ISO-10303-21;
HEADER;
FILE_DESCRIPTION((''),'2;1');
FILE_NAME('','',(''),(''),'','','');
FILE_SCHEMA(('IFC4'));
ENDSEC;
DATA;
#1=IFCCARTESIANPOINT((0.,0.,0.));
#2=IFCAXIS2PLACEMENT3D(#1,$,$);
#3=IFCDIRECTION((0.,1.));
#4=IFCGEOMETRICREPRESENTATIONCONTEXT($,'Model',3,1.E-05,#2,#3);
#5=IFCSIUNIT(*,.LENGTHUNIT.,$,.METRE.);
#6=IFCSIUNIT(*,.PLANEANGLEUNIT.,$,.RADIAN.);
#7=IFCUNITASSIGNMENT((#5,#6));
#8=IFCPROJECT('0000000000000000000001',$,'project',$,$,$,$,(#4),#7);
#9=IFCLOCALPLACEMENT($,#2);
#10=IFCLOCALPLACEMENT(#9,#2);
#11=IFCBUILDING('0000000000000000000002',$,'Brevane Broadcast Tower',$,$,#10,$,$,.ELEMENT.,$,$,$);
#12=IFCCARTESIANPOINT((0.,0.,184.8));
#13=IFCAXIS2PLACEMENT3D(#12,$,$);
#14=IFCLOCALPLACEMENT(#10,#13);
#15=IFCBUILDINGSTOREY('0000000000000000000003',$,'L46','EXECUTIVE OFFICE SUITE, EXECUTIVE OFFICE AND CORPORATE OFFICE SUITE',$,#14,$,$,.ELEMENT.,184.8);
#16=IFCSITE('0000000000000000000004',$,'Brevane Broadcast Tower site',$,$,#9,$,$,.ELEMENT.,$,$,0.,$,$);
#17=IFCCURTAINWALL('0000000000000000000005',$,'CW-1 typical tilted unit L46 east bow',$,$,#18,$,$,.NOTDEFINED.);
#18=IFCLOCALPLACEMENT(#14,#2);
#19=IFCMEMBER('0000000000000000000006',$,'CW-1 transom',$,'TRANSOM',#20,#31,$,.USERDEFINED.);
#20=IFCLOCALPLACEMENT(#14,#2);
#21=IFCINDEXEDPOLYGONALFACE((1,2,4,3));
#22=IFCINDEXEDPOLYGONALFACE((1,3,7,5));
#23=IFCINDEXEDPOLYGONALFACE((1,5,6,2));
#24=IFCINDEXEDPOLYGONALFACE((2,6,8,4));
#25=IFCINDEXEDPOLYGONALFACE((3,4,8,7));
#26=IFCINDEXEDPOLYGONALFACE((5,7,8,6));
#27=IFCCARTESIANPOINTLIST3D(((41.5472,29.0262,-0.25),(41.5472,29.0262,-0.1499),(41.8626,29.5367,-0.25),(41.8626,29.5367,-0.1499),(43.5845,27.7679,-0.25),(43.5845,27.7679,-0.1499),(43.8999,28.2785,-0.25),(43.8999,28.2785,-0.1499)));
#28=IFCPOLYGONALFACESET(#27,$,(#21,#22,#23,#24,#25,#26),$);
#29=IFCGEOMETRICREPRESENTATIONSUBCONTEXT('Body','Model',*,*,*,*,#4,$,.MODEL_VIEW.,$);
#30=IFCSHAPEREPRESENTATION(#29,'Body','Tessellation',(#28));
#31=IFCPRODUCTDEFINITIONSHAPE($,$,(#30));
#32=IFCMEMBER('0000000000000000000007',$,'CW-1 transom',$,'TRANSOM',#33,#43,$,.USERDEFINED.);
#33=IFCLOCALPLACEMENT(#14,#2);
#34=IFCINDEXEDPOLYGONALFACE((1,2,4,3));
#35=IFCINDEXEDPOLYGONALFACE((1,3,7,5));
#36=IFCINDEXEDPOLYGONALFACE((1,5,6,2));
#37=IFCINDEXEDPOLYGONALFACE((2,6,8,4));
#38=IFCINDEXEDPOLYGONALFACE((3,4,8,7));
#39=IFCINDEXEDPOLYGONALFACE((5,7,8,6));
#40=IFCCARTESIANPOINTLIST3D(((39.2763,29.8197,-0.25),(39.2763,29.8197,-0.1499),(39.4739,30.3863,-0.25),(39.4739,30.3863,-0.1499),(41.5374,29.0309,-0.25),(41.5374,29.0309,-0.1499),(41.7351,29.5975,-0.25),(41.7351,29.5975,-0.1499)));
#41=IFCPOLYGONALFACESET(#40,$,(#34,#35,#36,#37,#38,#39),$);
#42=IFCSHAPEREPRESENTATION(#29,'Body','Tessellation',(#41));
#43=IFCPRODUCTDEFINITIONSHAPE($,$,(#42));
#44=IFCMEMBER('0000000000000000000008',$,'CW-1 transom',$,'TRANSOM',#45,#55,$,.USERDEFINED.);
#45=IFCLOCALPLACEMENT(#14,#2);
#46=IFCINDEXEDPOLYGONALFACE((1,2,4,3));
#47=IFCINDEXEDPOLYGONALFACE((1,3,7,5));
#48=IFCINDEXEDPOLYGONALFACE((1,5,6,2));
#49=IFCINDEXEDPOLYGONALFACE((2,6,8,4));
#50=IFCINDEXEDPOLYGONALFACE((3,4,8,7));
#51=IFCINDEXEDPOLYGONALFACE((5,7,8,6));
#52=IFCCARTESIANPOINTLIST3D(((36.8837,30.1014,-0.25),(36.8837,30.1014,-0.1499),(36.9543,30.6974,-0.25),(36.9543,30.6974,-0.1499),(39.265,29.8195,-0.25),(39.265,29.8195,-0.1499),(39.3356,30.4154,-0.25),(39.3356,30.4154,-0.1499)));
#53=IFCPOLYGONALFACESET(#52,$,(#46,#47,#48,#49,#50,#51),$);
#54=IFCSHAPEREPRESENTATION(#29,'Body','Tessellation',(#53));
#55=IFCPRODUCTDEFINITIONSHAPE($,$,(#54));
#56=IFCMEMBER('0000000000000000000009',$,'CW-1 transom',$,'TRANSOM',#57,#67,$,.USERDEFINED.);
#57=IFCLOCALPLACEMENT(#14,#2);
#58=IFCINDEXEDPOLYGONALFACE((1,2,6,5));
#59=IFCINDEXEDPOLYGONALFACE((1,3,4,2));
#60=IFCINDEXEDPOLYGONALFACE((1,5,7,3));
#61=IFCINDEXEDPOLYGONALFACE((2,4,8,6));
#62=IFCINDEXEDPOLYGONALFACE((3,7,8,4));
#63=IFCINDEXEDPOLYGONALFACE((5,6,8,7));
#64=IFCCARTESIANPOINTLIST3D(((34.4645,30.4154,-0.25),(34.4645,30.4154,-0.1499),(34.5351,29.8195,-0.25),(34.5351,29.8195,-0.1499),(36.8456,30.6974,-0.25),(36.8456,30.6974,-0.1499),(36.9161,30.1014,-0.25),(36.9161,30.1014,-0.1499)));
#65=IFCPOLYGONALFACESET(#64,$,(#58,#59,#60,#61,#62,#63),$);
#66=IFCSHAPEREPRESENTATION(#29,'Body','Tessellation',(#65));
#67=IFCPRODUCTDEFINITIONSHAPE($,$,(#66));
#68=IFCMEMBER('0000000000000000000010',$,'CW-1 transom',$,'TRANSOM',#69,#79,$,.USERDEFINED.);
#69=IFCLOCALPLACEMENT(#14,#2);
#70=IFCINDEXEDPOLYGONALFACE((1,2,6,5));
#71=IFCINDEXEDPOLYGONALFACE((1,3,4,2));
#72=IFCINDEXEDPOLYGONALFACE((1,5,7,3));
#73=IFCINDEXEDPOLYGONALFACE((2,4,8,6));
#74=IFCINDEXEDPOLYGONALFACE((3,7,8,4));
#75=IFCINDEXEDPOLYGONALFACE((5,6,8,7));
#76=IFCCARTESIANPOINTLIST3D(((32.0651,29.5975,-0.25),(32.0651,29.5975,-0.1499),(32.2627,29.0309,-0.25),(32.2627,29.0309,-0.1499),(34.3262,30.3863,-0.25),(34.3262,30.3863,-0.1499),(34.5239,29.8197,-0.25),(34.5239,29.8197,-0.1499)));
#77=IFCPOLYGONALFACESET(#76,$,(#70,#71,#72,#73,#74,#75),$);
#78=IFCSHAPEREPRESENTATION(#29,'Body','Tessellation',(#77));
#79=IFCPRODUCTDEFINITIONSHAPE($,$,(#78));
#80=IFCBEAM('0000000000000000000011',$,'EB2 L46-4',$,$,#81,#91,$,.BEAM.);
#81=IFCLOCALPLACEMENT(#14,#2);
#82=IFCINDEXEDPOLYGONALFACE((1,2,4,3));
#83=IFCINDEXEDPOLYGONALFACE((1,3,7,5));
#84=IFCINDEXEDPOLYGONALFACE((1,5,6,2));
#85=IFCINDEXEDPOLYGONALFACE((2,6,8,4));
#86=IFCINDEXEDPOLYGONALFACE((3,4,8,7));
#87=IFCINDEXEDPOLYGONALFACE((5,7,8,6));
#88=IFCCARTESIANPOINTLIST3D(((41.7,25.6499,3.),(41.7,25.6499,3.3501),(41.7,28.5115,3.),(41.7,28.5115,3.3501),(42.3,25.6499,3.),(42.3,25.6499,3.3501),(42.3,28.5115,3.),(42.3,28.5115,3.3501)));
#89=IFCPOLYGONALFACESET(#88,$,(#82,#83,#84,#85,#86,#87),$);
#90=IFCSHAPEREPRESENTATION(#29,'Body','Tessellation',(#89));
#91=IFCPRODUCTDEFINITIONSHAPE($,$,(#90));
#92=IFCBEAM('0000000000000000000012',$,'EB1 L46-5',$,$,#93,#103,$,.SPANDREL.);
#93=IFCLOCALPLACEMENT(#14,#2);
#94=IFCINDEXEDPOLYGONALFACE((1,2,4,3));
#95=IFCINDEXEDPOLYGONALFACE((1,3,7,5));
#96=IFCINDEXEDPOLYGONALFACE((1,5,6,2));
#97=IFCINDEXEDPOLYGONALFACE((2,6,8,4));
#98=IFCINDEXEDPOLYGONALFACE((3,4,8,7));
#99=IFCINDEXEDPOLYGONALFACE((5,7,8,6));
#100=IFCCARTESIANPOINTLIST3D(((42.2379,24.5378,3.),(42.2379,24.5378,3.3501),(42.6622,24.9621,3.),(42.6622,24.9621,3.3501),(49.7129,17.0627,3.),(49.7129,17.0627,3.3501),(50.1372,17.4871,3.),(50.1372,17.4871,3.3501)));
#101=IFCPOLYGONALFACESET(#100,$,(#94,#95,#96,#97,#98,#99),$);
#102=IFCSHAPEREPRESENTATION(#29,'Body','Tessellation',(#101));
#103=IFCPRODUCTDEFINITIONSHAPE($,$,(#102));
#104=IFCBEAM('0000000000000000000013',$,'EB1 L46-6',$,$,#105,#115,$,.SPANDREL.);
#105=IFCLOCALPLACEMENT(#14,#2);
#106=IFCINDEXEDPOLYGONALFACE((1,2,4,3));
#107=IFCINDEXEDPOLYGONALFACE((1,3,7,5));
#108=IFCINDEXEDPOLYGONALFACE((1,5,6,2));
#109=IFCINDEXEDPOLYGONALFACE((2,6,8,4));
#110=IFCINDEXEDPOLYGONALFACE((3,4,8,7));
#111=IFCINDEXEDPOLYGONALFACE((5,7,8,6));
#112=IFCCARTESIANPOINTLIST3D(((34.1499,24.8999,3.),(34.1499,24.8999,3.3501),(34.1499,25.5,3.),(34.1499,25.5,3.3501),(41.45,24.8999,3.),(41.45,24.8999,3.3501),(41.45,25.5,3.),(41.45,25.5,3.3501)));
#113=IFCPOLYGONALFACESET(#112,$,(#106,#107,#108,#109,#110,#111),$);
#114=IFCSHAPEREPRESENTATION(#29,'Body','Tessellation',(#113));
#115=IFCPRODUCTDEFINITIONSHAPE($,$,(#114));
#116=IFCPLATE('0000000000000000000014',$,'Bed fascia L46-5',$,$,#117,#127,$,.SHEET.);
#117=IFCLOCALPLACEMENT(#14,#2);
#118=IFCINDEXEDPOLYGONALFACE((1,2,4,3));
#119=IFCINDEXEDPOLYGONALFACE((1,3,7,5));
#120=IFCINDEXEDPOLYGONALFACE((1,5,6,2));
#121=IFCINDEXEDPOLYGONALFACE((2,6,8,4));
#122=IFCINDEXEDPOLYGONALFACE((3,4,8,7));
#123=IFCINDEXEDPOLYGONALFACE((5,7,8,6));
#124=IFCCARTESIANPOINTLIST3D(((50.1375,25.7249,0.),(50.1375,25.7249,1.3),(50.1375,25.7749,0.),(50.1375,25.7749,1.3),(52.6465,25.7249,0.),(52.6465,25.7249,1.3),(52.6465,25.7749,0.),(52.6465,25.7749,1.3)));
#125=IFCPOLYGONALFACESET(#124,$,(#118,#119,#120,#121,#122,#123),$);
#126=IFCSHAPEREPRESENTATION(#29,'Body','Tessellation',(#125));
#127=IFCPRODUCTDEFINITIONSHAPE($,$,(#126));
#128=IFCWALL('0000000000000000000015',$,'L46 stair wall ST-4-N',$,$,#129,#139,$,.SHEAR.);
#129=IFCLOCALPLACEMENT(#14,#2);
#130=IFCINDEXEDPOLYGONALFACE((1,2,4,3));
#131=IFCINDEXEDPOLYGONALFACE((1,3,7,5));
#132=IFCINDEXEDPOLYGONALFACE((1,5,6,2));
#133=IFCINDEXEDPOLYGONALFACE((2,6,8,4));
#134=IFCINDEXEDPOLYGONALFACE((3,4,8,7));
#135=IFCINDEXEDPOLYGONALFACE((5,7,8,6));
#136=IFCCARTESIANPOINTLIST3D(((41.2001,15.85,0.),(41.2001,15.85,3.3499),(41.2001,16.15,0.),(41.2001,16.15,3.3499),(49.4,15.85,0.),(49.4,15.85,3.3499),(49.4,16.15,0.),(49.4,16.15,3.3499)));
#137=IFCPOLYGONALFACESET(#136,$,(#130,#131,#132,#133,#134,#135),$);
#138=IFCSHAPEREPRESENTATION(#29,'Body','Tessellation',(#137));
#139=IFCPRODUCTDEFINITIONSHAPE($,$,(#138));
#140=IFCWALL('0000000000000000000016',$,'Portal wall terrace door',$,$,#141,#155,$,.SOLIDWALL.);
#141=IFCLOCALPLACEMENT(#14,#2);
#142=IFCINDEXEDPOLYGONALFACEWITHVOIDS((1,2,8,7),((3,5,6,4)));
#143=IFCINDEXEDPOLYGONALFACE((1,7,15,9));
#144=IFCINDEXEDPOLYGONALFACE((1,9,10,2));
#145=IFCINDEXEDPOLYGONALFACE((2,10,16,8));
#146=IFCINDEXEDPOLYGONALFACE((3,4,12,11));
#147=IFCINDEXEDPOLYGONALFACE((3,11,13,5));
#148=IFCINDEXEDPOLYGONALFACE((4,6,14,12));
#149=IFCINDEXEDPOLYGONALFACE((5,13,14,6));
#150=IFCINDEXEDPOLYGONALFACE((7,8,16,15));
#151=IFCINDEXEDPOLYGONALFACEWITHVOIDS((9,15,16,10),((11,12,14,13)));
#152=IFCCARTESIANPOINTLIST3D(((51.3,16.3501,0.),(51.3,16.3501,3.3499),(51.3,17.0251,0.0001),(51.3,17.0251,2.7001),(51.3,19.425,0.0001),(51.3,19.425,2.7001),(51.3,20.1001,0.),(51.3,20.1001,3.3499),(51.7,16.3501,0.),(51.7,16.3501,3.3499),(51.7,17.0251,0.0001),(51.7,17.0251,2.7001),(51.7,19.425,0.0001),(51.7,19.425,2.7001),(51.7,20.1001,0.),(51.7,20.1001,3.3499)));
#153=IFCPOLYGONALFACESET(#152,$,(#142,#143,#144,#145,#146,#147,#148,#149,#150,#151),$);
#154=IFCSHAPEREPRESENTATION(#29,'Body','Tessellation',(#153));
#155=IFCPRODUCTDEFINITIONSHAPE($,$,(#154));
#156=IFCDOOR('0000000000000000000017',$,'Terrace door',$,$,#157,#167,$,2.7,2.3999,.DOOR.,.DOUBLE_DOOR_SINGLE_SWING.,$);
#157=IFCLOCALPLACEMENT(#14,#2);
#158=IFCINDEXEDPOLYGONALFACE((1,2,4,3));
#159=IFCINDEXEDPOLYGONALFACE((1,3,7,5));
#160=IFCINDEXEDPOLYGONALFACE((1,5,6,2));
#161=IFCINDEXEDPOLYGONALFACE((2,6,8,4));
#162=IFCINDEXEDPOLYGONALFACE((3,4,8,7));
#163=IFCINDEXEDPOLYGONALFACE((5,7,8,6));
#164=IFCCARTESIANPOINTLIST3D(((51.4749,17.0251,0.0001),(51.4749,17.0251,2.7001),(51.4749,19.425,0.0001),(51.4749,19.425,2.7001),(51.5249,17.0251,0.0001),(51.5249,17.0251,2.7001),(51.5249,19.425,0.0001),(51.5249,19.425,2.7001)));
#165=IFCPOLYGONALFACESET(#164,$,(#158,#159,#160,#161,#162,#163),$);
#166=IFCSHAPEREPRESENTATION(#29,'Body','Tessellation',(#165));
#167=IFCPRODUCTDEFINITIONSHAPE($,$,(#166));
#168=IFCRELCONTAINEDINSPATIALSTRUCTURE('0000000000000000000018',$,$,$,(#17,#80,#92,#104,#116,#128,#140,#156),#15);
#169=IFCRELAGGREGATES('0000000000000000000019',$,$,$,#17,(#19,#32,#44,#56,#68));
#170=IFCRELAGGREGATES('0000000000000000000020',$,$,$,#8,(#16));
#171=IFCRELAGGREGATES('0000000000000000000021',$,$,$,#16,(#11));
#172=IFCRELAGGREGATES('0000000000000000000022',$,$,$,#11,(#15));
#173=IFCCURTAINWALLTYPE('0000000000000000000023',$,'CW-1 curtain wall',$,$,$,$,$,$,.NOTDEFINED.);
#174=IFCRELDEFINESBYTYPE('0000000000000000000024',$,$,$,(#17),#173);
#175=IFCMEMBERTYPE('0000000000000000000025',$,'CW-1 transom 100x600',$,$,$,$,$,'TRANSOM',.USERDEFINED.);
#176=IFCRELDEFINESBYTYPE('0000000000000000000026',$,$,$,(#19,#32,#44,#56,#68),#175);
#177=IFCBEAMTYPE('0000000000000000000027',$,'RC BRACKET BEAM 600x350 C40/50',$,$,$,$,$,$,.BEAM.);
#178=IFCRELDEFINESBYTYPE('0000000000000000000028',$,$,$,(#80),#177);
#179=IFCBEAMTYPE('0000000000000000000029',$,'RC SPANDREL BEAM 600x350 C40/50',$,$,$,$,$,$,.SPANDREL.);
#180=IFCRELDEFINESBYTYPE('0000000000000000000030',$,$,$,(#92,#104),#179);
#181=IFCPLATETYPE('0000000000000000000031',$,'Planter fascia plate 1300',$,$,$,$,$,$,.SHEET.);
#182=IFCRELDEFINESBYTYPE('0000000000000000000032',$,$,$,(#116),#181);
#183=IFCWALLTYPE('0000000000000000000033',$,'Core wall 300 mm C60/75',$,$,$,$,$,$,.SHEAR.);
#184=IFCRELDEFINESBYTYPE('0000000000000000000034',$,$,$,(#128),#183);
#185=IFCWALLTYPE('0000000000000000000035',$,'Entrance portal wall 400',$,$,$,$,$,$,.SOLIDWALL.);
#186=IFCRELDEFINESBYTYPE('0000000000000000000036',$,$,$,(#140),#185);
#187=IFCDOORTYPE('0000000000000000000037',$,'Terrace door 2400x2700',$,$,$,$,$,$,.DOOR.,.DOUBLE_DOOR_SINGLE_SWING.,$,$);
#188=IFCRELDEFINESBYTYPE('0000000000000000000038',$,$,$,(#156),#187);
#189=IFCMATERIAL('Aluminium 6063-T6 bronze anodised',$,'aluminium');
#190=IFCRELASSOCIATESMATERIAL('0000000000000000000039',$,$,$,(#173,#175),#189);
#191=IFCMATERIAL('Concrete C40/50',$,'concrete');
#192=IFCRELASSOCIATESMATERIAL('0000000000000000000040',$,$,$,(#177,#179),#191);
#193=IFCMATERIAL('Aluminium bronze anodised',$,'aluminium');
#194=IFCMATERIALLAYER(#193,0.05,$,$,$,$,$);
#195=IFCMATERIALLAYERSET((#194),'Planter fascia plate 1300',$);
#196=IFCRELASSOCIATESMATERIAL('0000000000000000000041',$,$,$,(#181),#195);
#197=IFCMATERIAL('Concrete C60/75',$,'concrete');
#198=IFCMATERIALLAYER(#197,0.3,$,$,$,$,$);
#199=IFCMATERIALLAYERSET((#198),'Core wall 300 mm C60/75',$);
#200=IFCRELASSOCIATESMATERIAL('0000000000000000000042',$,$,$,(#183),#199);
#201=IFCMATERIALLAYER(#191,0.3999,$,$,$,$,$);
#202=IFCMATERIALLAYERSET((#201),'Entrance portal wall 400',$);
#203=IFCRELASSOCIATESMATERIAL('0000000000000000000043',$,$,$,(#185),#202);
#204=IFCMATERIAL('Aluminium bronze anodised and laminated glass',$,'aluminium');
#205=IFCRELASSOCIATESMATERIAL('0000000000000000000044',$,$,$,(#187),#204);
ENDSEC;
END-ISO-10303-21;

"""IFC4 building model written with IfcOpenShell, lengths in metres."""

from ifc_helpers import new_model, si_unit, direction, frame, frame_2d, origin, origin_2d, place, context, subcontext, project, spatial, polyline, rectangle, outline, extrude, material, layer, layer_set, material_profile, profile_set, type_object, element, fill, aggregate, save


model = new_model("IFC4")

# Units and contexts
model_context = context("Model", 3, precision=1e-05, world=origin(), true_north=direction((0.0, 1.0)))
body_context = subcontext(model_context, "Body", "Model", "MODEL_VIEW")
ifc_project = project(units=[si_unit("LENGTHUNIT", "METRE"), si_unit("PLANEANGLEUNIT", "RADIAN")], contexts=[model_context])

# Site, building, storey
site_placement = place(None, origin())
site = spatial("IfcSite", under=ifc_project, at=site_placement, Name="Brevane Broadcast Tower site", CompositionType="ELEMENT", RefElevation=0.0)
building_placement = place(site_placement, origin())
building = spatial("IfcBuilding", under=site, at=building_placement, Name="Brevane Broadcast Tower", CompositionType="ELEMENT")
storey_placement = place(building_placement, frame((0.0, 0.0, 184.8)))
storey = spatial("IfcBuildingStorey", under=building, at=storey_placement, Name="L46", Description="EXECUTIVE OFFICE SUITE, EXECUTIVE OFFICE AND CORPORATE OFFICE SUITE", CompositionType="ELEMENT", Elevation=184.8)

# Shared definitions
ifc_material_1 = material(Name="Concrete C60/75", Category="concrete")

# Shared definitions
ifc_material_2 = material(Name="Aluminium 6063-T6 bronze anodised", Category="aluminium")
curtain_wall_type = type_object("IfcCurtainWallType", Name="CW-1 curtain wall", PredefinedType="NOTDEFINED", material=ifc_material_2)

# Curtain wall
curtain_wall_1_placement = place(storey_placement, origin())
curtain_wall_1 = element("IfcCurtainWall", 1, at=curtain_wall_1_placement, inside=storey, type_object=curtain_wall_type, Name="CW-1 typical tilted unit L46 east bow", PredefinedType="NOTDEFINED")

# Members
ifc_material_profile_1 = material_profile(ifc_material_2, rectangle(XDim=0.6001, YDim=0.1001, at=origin_2d()), Name="RECT 100x600")
ifc_profile_set_1 = profile_set([ifc_material_profile_1], Name="Aluminium 6063-T6 bronze anodised")
member_type_1 = type_object("IfcMemberType", Name="CW-1 transom 100x600", ElementType="TRANSOM", PredefinedType="USERDEFINED", material=ifc_profile_set_1)
member_1_placement = place(storey_placement, frame((43.7422, 28.0232, -0.2), z_axis=(-0.85081, 0.525473, 0.0), x_axis=(-0.525473, -0.85081, 0.0)))
member_1 = element("IfcMember", 2, at=member_1_placement, type_object=member_type_1, Name="CW-1 transom", ObjectType="TRANSOM", PredefinedType="USERDEFINED", context=body_context, shape_type="SweptSolid", body=[
    extrude(rectangle(XDim=0.6001, YDim=0.1001, at=origin_2d()), origin(), (0.0, 0.0, 1.0), 2.3945),
])
member_2_placement = place(storey_placement, frame((41.6362, 29.3142, -0.2), z_axis=(-0.944198, 0.329378, 0.0), x_axis=(-0.329378, -0.944198, 0.0)))
member_2 = element("IfcMember", 3, at=member_2_placement, type_object=member_type_1, Name="CW-1 transom", ObjectType="TRANSOM", PredefinedType="USERDEFINED", context=body_context, shape_type="SweptSolid", body=[
    extrude(rectangle(XDim=0.6001, YDim=0.1001, at=origin_2d()), origin(), (0.0, 0.0, 1.0), 2.3948),
])
member_3_placement = place(storey_placement, frame((39.3003, 30.1174, -0.2), z_axis=(-0.993062, 0.117591, 0.0), x_axis=(-0.117591, -0.993062, 0.0)))
member_3 = element("IfcMember", 4, at=member_3_placement, type_object=member_type_1, Name="CW-1 transom", ObjectType="TRANSOM", PredefinedType="USERDEFINED", context=body_context, shape_type="SweptSolid", body=[
    extrude(rectangle(XDim=0.6001, YDim=0.1001, at=origin_2d()), origin(), (0.0, 0.0, 1.0), 2.3979),
])
member_4_placement = place(storey_placement, frame((36.8809, 30.3994, -0.2), z_axis=(-0.993061, -0.117603, 0.0), x_axis=(0.117603, -0.993061, 0.0)))
member_4 = element("IfcMember", 5, at=member_4_placement, type_object=member_type_1, Name="CW-1 transom", ObjectType="TRANSOM", PredefinedType="USERDEFINED", context=body_context, shape_type="SweptSolid", body=[
    extrude(rectangle(XDim=0.6001, YDim=0.1001, at=origin_2d()), origin(), (0.0, 0.0, 1.0), 2.3977),
])
member_5_placement = place(storey_placement, frame((34.425, 30.103, -0.2), z_axis=(-0.944198, -0.329378, 0.0), x_axis=(0.329378, -0.944198, 0.0)))
member_5 = element("IfcMember", 6, at=member_5_placement, type_object=member_type_1, Name="CW-1 transom", ObjectType="TRANSOM", PredefinedType="USERDEFINED", context=body_context, shape_type="SweptSolid", body=[
    extrude(rectangle(XDim=0.6001, YDim=0.1001, at=origin_2d()), origin(), (0.0, 0.0, 1.0), 2.3948),
])
aggregate(curtain_wall_1, [member_1, member_2, member_3, member_4, member_5])

# Beams
ifc_material_3 = material(Name="Concrete C40/50", Category="concrete")
ifc_material_profile_2 = material_profile(ifc_material_3, rectangle(XDim=0.6001, YDim=0.3501, at=origin_2d()), Name="RC 600x350")
ifc_profile_set_2 = profile_set([ifc_material_profile_2], Name="Concrete C40/50")
beam_type_1 = type_object("IfcBeamType", Name="RC BRACKET BEAM 600x350 C40/50", PredefinedType="BEAM", material=ifc_profile_set_2)
beam_1_placement = place(storey_placement, frame((42.0, 25.6499, 3.175), z_axis=(0.0, 1.0, 0.0), x_axis=(-1.0, 0.0, 0.0)))
element("IfcBeam", 7, at=beam_1_placement, inside=storey, type_object=beam_type_1, Name="EB2 L46-4", PredefinedType="BEAM", context=body_context, shape_type="SweptSolid", body=[
    extrude(rectangle(XDim=0.6001, YDim=0.3501, at=origin_2d()), origin(), (0.0, 0.0, 1.0), 2.8616),
])
ifc_material_profile_3 = material_profile(ifc_material_3, rectangle(XDim=0.6001, YDim=0.3501, at=origin_2d()), Name="RC 600x350")
ifc_profile_set_3 = profile_set([ifc_material_profile_3], Name="Concrete C40/50")
beam_type_2 = type_object("IfcBeamType", Name="RC SPANDREL BEAM 600x350 C40/50", PredefinedType="SPANDREL", material=ifc_profile_set_3)
beam_2_placement = place(storey_placement, frame((49.925, 17.2749, 3.175), z_axis=(-0.707107, 0.707107, 0.0), x_axis=(-0.707107, -0.707107, 0.0)))
element("IfcBeam", 8, at=beam_2_placement, inside=storey, type_object=beam_type_2, Name="EB1 L46-5", PredefinedType="SPANDREL", context=body_context, shape_type="SweptSolid", body=[
    extrude(rectangle(XDim=0.6001, YDim=0.3501, at=origin_2d()), origin(), (0.0, 0.0, 1.0), 10.5713),
])
beam_3_placement = place(storey_placement, frame((41.45, 25.2, 3.175), z_axis=(-1.0, 0.0, 0.0), x_axis=(0.0, -1.0, 0.0)))
element("IfcBeam", 9, at=beam_3_placement, inside=storey, type_object=beam_type_2, Name="EB1 L46-6", PredefinedType="SPANDREL", context=body_context, shape_type="SweptSolid", body=[
    extrude(rectangle(XDim=0.6001, YDim=0.3501, at=origin_2d()), origin(), (0.0, 0.0, 1.0), 7.3),
])

# Plate
ifc_material_4 = material(Name="Aluminium bronze anodised", Category="aluminium")
ifc_layer_1 = layer(ifc_material_4, 0.05)
ifc_layer_set_1 = layer_set([ifc_layer_1], Name="Planter fascia plate 1300")
plate_type = type_object("IfcPlateType", Name="Planter fascia plate 1300", PredefinedType="SHEET", material=ifc_layer_set_1)
plate_placement = place(storey_placement, frame((52.6465, 25.7749, 0.0), z_axis=(0.0, 1.0, 0.0), x_axis=(-1.0, 0.0, 0.0)))
element("IfcPlate", 10, at=plate_placement, inside=storey, type_object=plate_type, Name="Bed fascia L46-5", PredefinedType="SHEET", context=body_context, shape_type="SweptSolid", body=[
    extrude(outline(polyline([(0.0, 0.0), (2.509, 0.0), (2.509, 1.3), (0.0, 1.3), (0.0, 0.0)])), origin(), (0.0, 0.0, -1.0), 0.05),
])

# Wall
ifc_layer_2 = layer(ifc_material_1, 0.3)
ifc_layer_set_2 = layer_set([ifc_layer_2], Name="Core wall 300 mm C60/75")
wall_type_1 = type_object("IfcWallType", Name="Core wall 300 mm C60/75", PredefinedType="SHEAR", material=ifc_layer_set_2)
wall_1_placement = place(storey_placement, frame((41.2, 16.0, 0.0), z_axis=(0.0, 0.0, 1.0), x_axis=(1.0, 0.0, 0.0)))
element("IfcWall", 11, at=wall_1_placement, inside=storey, type_object=wall_type_1, Name="L46 stair wall ST-4-N", PredefinedType="SHEAR", context=body_context, shape_type="SweptSolid", body=[
    extrude(rectangle(XDim=8.2, YDim=0.3, at=frame_2d((4.1001, 0.0))), origin(), (0.0, 0.0, 1.0), 3.3499),
])

# Wall, opening, door
ifc_layer_3 = layer(ifc_material_3, 0.3999)
ifc_layer_set_3 = layer_set([ifc_layer_3], Name="Entrance portal wall 400")
wall_type_2 = type_object("IfcWallType", Name="Entrance portal wall 400", PredefinedType="SOLIDWALL", material=ifc_layer_set_3)
wall_2_placement = place(storey_placement, frame((51.5, 20.1001, 0.0), z_axis=(0.0, 0.0, 1.0), x_axis=(0.0, -1.0, 0.0)))
wall_2 = element("IfcWall", 12, at=wall_2_placement, inside=storey, type_object=wall_type_2, Name="Portal wall terrace door", PredefinedType="SOLIDWALL", context=body_context, shape_type="SweptSolid", body=[
    extrude(rectangle(XDim=3.75, YDim=0.3999, at=frame_2d((1.875, 0.0))), origin(), (0.0, 0.0, 1.0), 3.3499),
])
opening_placement = place(wall_2_placement, frame((0.675, 0.0, 0.0)))
opening = element("IfcOpeningElement", 13, at=opening_placement, cuts=wall_2, PredefinedType="OPENING", context=body_context, shape_type="SweptSolid", body=[
    extrude(rectangle(XDim=2.3999, YDim=2.7, at=frame_2d((1.2, 1.3501))), frame((0.0, 0.21, 0.0), z_axis=(0.0, -1.0, 0.0), x_axis=(1.0, 0.0, 0.0)), (0.0, 0.0, 1.0), 0.4199),
])
ifc_material_5 = material(Name="Aluminium bronze anodised and laminated glass", Category="aluminium")
door_type = type_object("IfcDoorType", Name="Terrace door 2400x2700", OperationType="DOUBLE_DOOR_SINGLE_SWING", PredefinedType="DOOR", material=ifc_material_5)
door_placement = place(opening_placement, origin())
door = element("IfcDoor", 14, at=door_placement, inside=storey, type_object=door_type, Name="Terrace door", OperationType="DOUBLE_DOOR_SINGLE_SWING", OverallHeight=2.7, OverallWidth=2.3999, PredefinedType="DOOR", context=body_context, shape_type="SweptSolid", body=[
    extrude(rectangle(XDim=2.3999, YDim=2.7, at=frame_2d((1.2, 1.3501))), frame((0.0, 0.0249, 0.0), z_axis=(0.0, -1.0, 0.0), x_axis=(1.0, 0.0, 0.0)), (0.0, 0.0, 1.0), 0.05),
])
fill(opening, door)

save(model, "model.ifc")
